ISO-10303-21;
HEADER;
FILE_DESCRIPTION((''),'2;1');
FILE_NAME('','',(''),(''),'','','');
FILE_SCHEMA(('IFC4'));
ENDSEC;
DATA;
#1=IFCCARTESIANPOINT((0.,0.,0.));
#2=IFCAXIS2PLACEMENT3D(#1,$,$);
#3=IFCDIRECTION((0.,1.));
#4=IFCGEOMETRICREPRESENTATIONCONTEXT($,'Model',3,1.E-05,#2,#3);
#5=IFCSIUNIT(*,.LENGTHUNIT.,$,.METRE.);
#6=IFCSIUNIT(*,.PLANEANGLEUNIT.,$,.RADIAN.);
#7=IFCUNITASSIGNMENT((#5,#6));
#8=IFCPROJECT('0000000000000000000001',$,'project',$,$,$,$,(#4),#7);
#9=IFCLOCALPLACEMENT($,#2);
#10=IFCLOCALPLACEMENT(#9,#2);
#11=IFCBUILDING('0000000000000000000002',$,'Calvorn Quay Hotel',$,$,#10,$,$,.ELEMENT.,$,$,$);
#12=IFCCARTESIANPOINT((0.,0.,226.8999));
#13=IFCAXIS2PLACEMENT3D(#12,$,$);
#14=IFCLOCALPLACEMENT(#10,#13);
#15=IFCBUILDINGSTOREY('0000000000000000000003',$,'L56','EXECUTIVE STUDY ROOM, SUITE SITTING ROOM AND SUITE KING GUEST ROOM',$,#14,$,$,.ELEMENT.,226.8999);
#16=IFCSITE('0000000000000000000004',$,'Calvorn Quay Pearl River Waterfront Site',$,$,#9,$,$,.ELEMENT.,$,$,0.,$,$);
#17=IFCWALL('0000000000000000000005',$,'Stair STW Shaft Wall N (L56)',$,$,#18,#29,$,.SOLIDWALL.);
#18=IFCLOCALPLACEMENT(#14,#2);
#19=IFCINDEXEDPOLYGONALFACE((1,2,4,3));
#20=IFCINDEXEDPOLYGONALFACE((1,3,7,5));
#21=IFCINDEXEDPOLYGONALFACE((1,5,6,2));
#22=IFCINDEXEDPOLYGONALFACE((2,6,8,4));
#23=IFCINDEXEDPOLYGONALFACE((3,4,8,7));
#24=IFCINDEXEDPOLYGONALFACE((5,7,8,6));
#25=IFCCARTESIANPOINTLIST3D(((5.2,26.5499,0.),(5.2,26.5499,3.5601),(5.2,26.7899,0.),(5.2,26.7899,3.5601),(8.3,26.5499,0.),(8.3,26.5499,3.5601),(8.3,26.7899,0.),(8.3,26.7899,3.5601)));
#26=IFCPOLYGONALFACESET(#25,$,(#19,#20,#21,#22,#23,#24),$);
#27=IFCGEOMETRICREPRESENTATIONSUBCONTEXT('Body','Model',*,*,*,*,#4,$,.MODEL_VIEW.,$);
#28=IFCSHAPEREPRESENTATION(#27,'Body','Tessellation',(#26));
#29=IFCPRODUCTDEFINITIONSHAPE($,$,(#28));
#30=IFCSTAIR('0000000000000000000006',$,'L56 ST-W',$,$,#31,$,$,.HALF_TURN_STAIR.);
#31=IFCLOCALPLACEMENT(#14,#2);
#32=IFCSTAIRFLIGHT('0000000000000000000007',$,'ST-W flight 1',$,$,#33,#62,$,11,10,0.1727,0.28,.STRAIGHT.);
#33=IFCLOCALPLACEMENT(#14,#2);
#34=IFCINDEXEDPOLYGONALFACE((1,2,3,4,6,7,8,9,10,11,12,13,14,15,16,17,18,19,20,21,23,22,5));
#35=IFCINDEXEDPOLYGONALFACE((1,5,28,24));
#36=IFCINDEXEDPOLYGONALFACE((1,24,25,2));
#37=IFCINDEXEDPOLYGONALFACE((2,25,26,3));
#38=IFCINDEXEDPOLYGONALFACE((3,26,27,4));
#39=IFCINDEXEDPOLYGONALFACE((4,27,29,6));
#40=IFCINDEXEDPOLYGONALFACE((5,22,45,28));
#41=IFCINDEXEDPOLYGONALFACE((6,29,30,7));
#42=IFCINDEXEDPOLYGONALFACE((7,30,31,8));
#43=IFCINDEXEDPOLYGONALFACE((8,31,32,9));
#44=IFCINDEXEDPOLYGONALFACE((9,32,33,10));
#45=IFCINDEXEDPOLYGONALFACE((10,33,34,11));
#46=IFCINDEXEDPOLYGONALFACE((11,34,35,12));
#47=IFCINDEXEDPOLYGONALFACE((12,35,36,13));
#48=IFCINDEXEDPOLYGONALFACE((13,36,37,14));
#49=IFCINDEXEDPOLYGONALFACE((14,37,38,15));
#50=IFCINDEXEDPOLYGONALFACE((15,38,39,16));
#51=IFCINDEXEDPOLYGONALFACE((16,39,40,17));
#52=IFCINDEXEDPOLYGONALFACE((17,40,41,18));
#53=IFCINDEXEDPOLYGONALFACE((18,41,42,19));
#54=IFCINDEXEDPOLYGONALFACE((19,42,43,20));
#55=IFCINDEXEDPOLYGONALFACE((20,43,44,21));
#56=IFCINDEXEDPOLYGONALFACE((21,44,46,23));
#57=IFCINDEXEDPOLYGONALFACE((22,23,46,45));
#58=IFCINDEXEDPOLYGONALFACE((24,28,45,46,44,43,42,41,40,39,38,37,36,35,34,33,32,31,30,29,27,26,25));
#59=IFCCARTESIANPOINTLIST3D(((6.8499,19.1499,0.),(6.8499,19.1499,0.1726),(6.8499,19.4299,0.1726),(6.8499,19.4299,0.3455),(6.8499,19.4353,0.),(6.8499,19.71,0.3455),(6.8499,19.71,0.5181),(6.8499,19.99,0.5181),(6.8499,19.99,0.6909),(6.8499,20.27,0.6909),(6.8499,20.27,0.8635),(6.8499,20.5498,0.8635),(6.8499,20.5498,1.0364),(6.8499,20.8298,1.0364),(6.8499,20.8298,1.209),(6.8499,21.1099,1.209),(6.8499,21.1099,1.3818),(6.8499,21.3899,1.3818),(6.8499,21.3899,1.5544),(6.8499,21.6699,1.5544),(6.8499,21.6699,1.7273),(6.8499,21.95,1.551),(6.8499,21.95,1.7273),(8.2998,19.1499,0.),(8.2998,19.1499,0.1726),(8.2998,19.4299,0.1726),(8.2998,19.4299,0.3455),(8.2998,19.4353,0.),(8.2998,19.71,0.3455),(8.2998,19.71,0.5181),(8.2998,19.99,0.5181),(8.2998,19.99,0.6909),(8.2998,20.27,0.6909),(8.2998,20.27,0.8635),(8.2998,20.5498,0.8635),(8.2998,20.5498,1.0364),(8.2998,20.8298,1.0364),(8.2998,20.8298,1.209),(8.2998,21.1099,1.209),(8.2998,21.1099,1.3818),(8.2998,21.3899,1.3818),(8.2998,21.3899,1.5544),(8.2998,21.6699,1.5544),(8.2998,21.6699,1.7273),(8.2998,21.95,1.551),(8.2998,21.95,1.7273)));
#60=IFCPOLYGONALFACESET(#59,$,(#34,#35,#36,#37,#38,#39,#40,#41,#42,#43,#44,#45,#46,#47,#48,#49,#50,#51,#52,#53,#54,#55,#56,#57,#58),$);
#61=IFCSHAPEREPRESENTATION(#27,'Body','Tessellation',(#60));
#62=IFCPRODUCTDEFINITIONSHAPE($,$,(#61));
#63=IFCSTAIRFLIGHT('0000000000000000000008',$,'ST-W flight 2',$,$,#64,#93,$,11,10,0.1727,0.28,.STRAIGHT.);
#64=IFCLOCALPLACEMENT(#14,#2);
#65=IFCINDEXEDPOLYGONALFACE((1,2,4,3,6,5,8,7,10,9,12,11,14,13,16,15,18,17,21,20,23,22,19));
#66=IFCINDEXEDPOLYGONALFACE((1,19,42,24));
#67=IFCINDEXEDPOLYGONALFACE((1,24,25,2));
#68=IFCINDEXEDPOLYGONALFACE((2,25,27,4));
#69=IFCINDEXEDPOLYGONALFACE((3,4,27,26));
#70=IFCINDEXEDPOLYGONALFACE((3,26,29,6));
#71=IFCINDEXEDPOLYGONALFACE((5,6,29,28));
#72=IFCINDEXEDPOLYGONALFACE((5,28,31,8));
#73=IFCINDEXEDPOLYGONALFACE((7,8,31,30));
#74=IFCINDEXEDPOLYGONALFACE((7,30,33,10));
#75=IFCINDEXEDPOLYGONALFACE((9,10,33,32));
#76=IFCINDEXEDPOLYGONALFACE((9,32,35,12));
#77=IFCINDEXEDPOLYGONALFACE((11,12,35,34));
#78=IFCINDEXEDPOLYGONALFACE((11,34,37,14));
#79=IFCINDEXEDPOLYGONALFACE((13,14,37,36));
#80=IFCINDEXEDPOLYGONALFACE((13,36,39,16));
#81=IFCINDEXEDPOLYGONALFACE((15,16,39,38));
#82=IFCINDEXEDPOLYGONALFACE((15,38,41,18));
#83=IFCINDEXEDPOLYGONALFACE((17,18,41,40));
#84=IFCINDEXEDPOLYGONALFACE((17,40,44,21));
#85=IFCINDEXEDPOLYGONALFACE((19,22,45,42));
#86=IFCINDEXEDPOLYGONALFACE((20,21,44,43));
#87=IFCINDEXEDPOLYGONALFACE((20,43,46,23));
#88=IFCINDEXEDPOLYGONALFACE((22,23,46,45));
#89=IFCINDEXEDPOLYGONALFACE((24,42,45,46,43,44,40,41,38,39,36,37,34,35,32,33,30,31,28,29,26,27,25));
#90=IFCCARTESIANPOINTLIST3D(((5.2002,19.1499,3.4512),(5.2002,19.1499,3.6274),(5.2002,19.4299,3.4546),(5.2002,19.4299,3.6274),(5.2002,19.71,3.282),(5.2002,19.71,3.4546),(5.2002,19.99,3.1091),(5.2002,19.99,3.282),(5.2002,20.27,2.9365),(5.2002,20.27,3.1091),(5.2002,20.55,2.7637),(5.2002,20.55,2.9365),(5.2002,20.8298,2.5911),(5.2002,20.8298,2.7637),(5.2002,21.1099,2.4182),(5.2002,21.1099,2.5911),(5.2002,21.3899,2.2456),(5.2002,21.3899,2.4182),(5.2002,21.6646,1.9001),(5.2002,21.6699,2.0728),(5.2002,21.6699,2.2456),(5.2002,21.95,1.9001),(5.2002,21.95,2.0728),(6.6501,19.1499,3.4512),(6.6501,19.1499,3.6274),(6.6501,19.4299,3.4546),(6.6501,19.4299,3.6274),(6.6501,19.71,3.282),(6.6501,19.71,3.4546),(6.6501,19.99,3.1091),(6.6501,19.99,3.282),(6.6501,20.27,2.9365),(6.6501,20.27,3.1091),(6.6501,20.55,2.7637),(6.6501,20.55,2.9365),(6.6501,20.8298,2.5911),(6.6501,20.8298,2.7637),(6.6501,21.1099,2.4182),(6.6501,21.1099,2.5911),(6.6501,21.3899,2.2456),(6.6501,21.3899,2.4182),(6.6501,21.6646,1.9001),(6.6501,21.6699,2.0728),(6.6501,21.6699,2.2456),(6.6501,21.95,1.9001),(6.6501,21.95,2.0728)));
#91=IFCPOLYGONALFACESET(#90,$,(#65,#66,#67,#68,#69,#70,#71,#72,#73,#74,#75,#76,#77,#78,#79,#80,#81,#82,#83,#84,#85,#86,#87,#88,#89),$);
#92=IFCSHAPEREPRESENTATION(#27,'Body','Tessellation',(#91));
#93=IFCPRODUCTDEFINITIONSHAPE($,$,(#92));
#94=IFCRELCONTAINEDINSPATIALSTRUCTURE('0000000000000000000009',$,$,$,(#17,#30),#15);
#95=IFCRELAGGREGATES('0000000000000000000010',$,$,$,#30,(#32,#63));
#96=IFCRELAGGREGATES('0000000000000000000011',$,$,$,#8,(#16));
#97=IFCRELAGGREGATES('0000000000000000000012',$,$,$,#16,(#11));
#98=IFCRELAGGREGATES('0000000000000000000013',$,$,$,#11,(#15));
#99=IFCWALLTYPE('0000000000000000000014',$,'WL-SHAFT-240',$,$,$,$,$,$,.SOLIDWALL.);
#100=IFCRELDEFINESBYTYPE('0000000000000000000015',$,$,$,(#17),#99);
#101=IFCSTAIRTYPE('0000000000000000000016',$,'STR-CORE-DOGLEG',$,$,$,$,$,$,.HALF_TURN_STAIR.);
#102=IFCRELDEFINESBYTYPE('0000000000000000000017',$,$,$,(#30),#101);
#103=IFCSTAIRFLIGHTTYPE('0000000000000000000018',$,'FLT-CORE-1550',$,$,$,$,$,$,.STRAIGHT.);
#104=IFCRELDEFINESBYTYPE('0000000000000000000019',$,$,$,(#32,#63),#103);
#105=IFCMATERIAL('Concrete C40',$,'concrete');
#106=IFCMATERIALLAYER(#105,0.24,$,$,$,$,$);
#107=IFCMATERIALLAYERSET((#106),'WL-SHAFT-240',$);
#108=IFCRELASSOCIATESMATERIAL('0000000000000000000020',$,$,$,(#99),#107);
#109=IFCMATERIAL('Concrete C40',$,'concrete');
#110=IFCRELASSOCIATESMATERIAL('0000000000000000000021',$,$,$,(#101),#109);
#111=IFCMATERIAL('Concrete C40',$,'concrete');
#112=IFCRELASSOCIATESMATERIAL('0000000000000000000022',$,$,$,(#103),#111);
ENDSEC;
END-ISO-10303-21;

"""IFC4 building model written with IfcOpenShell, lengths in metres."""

from ifc_helpers import new_model, si_unit, direction, frame, frame_2d, origin, place, context, subcontext, project, spatial, polyline, rectangle, outline, extrude, material, layer, layer_set, type_object, element, aggregate, save


model = new_model("IFC4")

# Units and contexts
model_context = context("Model", 3, precision=1e-05, world=origin(), true_north=direction((0.0, 1.0)))
body_context = subcontext(model_context, "Body", "Model", "MODEL_VIEW")
ifc_project = project(units=[si_unit("LENGTHUNIT", "METRE"), si_unit("PLANEANGLEUNIT", "RADIAN")], contexts=[model_context])

# Site, building, storey
site_placement = place(None, origin())
site = spatial("IfcSite", under=ifc_project, at=site_placement, Name="Calvorn Quay Pearl River Waterfront Site", CompositionType="ELEMENT", RefElevation=0.0)
building_placement = place(site_placement, origin())
building = spatial("IfcBuilding", under=site, at=building_placement, Name="Calvorn Quay Hotel", CompositionType="ELEMENT")
storey_placement = place(building_placement, frame((0.0, 0.0, 226.8999)))
storey = spatial("IfcBuildingStorey", under=building, at=storey_placement, Name="L56", Description="EXECUTIVE STUDY ROOM, SUITE SITTING ROOM AND SUITE KING GUEST ROOM", CompositionType="ELEMENT", Elevation=226.8999)

# Wall
ifc_material_1 = material(Name="Concrete C40", Category="concrete")
ifc_layer_1 = layer(ifc_material_1, 0.24)
ifc_layer_set_1 = layer_set([ifc_layer_1], Name="WL-SHAFT-240")
wall_type_1 = type_object("IfcWallType", Name="WL-SHAFT-240", PredefinedType="SOLIDWALL", material=ifc_layer_set_1)
wall_1_placement = place(storey_placement, frame((5.2, 26.6699, 0.0), z_axis=(0.0, 0.0, 1.0), x_axis=(1.0, 0.0, 0.0)))
element("IfcWall", 1, at=wall_1_placement, inside=storey, type_object=wall_type_1, Name="Stair STW Shaft Wall N (L56)", PredefinedType="SOLIDWALL", context=body_context, shape_type="SweptSolid", body=[
    extrude(rectangle(XDim=3.1001, YDim=0.24, at=frame_2d((1.55, 0.0))), origin(), (0.0, 0.0, 1.0), 3.5601),
])

# Stair, stair flights
ifc_material_2 = material(Name="Concrete C40", Category="concrete")
stair_type = type_object("IfcStairType", Name="STR-CORE-DOGLEG", PredefinedType="HALF_TURN_STAIR", material=ifc_material_2)
stair_placement = place(storey_placement, origin())
stair = element("IfcStair", 2, at=stair_placement, inside=storey, type_object=stair_type, Name="L56 ST-W", PredefinedType="HALF_TURN_STAIR")
ifc_material_3 = material(Name="Concrete C40", Category="concrete")
stair_flight_type = type_object("IfcStairFlightType", Name="FLT-CORE-1550", PredefinedType="STRAIGHT", material=ifc_material_3)
stair_flight_1_placement = place(storey_placement, frame((7.575, 19.1499, 0.0), z_axis=(0.0, 0.0, 1.0), x_axis=(0.0, 1.0, 0.0)))
stair_flight_1 = element("IfcStairFlight", 3, at=stair_flight_1_placement, type_object=stair_flight_type, Name="ST-W flight 1", NumberOfRisers=11, NumberOfTreads=10, PredefinedType="STRAIGHT", RiserHeight=0.1727, TreadLength=0.28, context=body_context, shape_type="SweptSolid", body=[
    extrude(outline(polyline([(0.0, 0.0), (0.0, 0.1726), (0.28, 0.1726), (0.28, 0.3455), (0.5601, 0.3455), (0.5601, 0.5181), (0.8401, 0.5181), (0.8401, 0.6909), (1.1201, 0.6909), (1.1201, 0.8635), (1.3999, 0.8635), (1.3999, 1.0364), (1.6799, 1.0364), (1.6799, 1.209), (1.96, 1.209), (1.96, 1.3818), (2.24, 1.3818), (2.24, 1.5544), (2.52, 1.5544), (2.52, 1.7273), (2.8, 1.7273), (2.8, 1.8999), (2.8, 1.551), (0.2854, 0.0), (0.0, 0.0)])), frame((0.0, 0.7251, 0.0), z_axis=(0.0, -1.0, 0.0), x_axis=(1.0, 0.0, 0.0)), (0.0, 0.0, 1.0), 1.45),
])
stair_flight_2_placement = place(storey_placement, frame((5.925, 21.95, 1.9001), z_axis=(0.0, 0.0, 1.0), x_axis=(0.0, -1.0, 0.0)))
stair_flight_2 = element("IfcStairFlight", 4, at=stair_flight_2_placement, type_object=stair_flight_type, Name="ST-W flight 2", NumberOfRisers=11, NumberOfTreads=10, PredefinedType="STRAIGHT", RiserHeight=0.1727, TreadLength=0.28, context=body_context, shape_type="SweptSolid", body=[
    extrude(outline(polyline([(0.0, 0.0), (0.0, 0.1726), (0.28, 0.1726), (0.28, 0.3455), (0.5601, 0.3455), (0.5601, 0.5181), (0.8401, 0.5181), (0.8401, 0.6909), (1.1201, 0.6909), (1.1201, 0.8635), (1.3999, 0.8635), (1.3999, 1.0364), (1.6799, 1.0364), (1.6799, 1.209), (1.96, 1.209), (1.96, 1.3818), (2.24, 1.3818), (2.24, 1.5544), (2.52, 1.5544), (2.52, 1.7273), (2.8, 1.7273), (2.8, 1.8999), (2.8, 1.551), (0.2854, 0.0), (0.0, 0.0)])), frame((0.0, 0.7251, 0.0), z_axis=(0.0, -1.0, 0.0), x_axis=(1.0, 0.0, 0.0)), (0.0, 0.0, 1.0), 1.45),
])
aggregate(stair, [stair_flight_1, stair_flight_2])

save(model, "model.ifc")
